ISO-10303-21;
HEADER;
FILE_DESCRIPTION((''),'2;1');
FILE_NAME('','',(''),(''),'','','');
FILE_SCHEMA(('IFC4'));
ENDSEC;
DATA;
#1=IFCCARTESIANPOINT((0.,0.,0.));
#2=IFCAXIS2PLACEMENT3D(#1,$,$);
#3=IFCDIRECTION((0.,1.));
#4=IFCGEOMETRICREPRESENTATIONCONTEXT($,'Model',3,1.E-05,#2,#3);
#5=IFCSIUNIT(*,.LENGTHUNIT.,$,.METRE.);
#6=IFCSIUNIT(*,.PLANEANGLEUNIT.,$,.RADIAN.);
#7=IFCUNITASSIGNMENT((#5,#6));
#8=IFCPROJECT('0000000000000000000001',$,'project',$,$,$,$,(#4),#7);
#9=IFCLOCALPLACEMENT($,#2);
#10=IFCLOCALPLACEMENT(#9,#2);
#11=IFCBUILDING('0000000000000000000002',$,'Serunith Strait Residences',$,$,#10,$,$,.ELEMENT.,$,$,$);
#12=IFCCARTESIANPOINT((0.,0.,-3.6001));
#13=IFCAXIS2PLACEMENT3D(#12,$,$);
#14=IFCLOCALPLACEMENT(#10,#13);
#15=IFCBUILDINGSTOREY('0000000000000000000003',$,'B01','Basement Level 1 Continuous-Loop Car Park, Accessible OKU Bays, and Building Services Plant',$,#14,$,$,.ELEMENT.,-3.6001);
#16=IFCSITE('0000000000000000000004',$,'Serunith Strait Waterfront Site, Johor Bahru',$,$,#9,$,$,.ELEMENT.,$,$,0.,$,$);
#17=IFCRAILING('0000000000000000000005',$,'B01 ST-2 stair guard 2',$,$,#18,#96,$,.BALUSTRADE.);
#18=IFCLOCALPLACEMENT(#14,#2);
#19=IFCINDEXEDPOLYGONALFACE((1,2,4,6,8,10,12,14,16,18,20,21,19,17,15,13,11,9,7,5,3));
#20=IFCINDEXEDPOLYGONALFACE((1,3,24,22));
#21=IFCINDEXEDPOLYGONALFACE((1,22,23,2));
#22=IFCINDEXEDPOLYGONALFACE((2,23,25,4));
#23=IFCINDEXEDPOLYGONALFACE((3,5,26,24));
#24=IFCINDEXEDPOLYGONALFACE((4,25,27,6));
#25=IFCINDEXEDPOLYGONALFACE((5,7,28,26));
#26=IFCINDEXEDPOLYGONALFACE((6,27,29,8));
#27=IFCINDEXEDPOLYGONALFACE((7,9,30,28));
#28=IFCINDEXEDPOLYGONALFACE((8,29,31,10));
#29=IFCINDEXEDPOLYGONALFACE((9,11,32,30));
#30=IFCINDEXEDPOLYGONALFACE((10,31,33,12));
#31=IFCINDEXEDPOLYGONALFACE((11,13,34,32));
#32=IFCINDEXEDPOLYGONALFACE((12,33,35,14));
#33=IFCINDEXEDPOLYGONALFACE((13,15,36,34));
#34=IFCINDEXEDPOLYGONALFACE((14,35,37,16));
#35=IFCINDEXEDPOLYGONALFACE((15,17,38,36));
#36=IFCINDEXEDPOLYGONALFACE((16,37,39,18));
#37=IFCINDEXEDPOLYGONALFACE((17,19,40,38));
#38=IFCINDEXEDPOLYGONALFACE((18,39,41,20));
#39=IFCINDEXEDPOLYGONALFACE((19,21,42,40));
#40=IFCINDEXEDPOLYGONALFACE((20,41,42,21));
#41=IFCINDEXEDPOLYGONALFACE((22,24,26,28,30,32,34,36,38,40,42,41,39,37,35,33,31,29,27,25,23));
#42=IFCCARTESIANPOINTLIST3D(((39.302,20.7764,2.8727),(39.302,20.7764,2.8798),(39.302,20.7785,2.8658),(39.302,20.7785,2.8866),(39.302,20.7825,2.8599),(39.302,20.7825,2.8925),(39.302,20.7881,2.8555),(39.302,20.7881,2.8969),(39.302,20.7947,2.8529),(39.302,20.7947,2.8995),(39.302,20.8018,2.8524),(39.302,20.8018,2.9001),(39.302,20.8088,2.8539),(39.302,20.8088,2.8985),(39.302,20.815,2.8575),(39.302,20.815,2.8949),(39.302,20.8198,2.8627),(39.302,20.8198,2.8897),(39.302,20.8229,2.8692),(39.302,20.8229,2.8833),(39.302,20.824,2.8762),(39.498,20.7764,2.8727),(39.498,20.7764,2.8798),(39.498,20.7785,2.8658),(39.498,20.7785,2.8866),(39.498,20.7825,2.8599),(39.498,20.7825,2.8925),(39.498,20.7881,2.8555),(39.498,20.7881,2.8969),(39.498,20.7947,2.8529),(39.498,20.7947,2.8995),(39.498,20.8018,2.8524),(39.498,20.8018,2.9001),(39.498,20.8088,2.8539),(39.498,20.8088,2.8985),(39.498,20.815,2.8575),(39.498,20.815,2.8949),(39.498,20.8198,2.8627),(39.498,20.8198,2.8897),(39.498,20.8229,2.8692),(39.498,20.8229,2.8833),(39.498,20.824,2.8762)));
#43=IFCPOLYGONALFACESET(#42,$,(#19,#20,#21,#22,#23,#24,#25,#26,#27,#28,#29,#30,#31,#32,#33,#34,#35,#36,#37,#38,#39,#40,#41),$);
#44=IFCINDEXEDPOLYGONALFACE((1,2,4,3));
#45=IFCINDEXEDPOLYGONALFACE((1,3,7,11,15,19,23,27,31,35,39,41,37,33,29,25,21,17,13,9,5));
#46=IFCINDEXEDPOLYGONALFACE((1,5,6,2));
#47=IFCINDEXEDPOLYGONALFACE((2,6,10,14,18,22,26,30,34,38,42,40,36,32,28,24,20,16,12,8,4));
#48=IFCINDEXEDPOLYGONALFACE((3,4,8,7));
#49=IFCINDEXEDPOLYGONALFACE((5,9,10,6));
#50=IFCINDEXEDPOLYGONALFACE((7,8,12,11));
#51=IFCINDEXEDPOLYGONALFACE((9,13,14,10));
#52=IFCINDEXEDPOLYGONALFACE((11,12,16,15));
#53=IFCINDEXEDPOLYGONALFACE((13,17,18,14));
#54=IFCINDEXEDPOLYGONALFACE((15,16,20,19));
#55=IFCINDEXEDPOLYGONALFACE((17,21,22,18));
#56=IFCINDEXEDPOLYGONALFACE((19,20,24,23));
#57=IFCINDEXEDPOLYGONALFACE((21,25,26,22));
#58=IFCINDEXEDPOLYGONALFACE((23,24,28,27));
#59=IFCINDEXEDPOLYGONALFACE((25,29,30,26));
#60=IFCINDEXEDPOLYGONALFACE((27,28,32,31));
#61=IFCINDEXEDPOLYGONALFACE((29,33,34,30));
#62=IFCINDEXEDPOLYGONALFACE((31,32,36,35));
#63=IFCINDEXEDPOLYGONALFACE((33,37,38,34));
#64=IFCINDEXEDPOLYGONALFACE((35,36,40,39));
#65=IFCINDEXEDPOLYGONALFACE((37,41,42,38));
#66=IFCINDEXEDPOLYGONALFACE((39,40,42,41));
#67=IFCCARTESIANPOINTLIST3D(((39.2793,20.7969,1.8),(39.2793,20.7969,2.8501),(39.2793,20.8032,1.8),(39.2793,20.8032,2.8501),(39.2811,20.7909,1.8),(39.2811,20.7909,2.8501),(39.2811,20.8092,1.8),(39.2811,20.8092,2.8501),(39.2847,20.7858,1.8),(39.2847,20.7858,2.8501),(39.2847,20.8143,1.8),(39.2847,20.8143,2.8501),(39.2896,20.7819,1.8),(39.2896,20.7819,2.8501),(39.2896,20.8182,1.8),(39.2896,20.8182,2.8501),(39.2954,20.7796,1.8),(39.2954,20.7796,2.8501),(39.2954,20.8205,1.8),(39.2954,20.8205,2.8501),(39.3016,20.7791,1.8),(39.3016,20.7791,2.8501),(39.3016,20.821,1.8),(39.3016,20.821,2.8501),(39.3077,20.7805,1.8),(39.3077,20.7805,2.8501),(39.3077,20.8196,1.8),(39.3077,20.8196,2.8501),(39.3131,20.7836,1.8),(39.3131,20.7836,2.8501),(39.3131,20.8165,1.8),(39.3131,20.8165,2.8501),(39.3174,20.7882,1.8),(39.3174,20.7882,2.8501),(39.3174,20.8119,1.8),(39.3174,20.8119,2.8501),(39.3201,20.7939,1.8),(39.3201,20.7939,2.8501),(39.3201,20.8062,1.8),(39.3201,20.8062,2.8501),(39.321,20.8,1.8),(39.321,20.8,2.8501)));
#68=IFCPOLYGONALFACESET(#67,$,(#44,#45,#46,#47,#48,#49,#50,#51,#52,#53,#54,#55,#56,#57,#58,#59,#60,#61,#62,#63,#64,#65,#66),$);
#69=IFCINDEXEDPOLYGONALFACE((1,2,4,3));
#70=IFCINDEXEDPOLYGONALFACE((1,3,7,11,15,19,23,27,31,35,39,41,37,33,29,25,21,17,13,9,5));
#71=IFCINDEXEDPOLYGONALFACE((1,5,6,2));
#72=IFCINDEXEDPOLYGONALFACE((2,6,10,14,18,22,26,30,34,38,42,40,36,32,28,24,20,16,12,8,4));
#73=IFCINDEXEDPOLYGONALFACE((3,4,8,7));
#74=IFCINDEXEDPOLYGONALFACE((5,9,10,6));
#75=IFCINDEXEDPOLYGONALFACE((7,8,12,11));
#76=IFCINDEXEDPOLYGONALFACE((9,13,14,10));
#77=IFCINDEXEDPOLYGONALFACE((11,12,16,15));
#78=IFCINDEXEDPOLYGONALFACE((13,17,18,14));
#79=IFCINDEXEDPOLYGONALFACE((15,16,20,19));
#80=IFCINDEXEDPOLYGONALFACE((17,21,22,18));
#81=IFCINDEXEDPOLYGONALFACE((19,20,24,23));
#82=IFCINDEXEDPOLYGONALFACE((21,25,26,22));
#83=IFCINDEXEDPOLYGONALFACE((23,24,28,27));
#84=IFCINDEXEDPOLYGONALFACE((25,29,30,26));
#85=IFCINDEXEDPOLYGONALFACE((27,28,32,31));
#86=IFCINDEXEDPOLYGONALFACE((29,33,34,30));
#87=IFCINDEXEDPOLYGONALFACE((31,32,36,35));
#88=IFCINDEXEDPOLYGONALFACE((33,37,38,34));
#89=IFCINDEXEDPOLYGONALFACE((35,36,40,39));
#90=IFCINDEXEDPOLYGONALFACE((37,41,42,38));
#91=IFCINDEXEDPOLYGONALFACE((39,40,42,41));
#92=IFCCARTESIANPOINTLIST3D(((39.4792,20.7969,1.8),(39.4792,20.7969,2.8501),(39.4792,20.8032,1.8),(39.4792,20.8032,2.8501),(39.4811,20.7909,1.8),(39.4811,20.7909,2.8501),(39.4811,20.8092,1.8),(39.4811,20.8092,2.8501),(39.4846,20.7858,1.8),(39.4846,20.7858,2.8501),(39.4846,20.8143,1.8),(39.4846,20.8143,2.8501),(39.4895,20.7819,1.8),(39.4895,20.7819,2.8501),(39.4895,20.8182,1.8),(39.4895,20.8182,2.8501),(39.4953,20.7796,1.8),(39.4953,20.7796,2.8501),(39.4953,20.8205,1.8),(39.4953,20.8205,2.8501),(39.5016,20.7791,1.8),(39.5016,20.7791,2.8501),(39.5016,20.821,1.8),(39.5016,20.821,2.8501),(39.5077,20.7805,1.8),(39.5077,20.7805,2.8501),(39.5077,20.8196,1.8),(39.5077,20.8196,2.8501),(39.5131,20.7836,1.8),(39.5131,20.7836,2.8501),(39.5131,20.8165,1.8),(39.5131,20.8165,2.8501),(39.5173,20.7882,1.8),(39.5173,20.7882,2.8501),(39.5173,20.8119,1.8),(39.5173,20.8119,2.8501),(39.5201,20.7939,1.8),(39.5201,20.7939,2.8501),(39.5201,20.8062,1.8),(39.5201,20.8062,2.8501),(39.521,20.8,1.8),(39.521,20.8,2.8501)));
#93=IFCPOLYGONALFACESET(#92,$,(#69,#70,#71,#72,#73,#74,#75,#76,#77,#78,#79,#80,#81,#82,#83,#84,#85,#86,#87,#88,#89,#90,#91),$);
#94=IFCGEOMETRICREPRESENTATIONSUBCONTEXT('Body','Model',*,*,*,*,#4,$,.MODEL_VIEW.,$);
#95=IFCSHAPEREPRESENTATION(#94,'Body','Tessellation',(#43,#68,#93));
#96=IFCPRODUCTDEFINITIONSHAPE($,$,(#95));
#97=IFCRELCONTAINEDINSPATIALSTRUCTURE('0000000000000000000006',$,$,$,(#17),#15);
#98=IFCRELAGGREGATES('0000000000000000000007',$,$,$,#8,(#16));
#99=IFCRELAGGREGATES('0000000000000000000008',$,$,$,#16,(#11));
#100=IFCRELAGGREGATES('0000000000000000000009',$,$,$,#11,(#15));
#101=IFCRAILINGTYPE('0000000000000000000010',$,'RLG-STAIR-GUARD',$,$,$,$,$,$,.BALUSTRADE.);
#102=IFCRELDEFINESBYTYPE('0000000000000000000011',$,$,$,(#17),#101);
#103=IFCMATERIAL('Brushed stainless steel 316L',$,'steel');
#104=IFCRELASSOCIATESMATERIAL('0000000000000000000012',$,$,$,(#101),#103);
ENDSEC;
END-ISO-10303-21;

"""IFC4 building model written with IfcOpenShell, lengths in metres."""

from ifc_helpers import new_model, si_unit, direction, frame, origin, origin_2d, place, context, subcontext, project, spatial, circle, extrude, material, type_object, element, save


model = new_model("IFC4")

# Units and contexts
model_context = context("Model", 3, precision=1e-05, world=origin(), true_north=direction((0.0, 1.0)))
body_context = subcontext(model_context, "Body", "Model", "MODEL_VIEW")
ifc_project = project(units=[si_unit("LENGTHUNIT", "METRE"), si_unit("PLANEANGLEUNIT", "RADIAN")], contexts=[model_context])

# Site, building, storey
site_placement = place(None, origin())
site = spatial("IfcSite", under=ifc_project, at=site_placement, Name="Serunith Strait Waterfront Site, Johor Bahru", CompositionType="ELEMENT", RefElevation=0.0)
building_placement = place(site_placement, origin())
building = spatial("IfcBuilding", under=site, at=building_placement, Name="Serunith Strait Residences", CompositionType="ELEMENT")
storey_placement = place(building_placement, frame((0.0, 0.0, -3.6001)))
storey = spatial("IfcBuildingStorey", under=building, at=storey_placement, Name="B01", Description="Basement Level 1 Continuous-Loop Car Park, Accessible OKU Bays, and Building Services Plant", CompositionType="ELEMENT", Elevation=-3.6001)

# Railing
ifc_material_1 = material(Name="Brushed stainless steel 316L", Category="steel")
railing_type_1 = type_object("IfcRailingType", Name="RLG-STAIR-GUARD", PredefinedType="BALUSTRADE", material=ifc_material_1)
railing_1_placement = place(storey_placement, frame((39.3, 20.8, 1.8)))
element("IfcRailing", 1, at=railing_1_placement, inside=storey, type_object=railing_type_1, Name="B01 ST-2 stair guard 2", PredefinedType="BALUSTRADE", context=body_context, shape_type="SweptSolid", body=[
    extrude(circle(Radius=0.0239, at=origin_2d()), frame((0.002, 0.0, 1.0762), z_axis=(1.0, 0.0, 0.0), x_axis=(0.0, 1.0, 0.0)), (0.0, 0.0, 1.0), 0.196),
    extrude(circle(Radius=0.021, at=origin_2d()), origin(), (0.0, 0.0, 1.0), 1.05),
    extrude(circle(Radius=0.021, at=origin_2d()), frame((0.2, 0.0, 0.0)), (0.0, 0.0, 1.0), 1.05),
])

save(model, "model.ifc")
